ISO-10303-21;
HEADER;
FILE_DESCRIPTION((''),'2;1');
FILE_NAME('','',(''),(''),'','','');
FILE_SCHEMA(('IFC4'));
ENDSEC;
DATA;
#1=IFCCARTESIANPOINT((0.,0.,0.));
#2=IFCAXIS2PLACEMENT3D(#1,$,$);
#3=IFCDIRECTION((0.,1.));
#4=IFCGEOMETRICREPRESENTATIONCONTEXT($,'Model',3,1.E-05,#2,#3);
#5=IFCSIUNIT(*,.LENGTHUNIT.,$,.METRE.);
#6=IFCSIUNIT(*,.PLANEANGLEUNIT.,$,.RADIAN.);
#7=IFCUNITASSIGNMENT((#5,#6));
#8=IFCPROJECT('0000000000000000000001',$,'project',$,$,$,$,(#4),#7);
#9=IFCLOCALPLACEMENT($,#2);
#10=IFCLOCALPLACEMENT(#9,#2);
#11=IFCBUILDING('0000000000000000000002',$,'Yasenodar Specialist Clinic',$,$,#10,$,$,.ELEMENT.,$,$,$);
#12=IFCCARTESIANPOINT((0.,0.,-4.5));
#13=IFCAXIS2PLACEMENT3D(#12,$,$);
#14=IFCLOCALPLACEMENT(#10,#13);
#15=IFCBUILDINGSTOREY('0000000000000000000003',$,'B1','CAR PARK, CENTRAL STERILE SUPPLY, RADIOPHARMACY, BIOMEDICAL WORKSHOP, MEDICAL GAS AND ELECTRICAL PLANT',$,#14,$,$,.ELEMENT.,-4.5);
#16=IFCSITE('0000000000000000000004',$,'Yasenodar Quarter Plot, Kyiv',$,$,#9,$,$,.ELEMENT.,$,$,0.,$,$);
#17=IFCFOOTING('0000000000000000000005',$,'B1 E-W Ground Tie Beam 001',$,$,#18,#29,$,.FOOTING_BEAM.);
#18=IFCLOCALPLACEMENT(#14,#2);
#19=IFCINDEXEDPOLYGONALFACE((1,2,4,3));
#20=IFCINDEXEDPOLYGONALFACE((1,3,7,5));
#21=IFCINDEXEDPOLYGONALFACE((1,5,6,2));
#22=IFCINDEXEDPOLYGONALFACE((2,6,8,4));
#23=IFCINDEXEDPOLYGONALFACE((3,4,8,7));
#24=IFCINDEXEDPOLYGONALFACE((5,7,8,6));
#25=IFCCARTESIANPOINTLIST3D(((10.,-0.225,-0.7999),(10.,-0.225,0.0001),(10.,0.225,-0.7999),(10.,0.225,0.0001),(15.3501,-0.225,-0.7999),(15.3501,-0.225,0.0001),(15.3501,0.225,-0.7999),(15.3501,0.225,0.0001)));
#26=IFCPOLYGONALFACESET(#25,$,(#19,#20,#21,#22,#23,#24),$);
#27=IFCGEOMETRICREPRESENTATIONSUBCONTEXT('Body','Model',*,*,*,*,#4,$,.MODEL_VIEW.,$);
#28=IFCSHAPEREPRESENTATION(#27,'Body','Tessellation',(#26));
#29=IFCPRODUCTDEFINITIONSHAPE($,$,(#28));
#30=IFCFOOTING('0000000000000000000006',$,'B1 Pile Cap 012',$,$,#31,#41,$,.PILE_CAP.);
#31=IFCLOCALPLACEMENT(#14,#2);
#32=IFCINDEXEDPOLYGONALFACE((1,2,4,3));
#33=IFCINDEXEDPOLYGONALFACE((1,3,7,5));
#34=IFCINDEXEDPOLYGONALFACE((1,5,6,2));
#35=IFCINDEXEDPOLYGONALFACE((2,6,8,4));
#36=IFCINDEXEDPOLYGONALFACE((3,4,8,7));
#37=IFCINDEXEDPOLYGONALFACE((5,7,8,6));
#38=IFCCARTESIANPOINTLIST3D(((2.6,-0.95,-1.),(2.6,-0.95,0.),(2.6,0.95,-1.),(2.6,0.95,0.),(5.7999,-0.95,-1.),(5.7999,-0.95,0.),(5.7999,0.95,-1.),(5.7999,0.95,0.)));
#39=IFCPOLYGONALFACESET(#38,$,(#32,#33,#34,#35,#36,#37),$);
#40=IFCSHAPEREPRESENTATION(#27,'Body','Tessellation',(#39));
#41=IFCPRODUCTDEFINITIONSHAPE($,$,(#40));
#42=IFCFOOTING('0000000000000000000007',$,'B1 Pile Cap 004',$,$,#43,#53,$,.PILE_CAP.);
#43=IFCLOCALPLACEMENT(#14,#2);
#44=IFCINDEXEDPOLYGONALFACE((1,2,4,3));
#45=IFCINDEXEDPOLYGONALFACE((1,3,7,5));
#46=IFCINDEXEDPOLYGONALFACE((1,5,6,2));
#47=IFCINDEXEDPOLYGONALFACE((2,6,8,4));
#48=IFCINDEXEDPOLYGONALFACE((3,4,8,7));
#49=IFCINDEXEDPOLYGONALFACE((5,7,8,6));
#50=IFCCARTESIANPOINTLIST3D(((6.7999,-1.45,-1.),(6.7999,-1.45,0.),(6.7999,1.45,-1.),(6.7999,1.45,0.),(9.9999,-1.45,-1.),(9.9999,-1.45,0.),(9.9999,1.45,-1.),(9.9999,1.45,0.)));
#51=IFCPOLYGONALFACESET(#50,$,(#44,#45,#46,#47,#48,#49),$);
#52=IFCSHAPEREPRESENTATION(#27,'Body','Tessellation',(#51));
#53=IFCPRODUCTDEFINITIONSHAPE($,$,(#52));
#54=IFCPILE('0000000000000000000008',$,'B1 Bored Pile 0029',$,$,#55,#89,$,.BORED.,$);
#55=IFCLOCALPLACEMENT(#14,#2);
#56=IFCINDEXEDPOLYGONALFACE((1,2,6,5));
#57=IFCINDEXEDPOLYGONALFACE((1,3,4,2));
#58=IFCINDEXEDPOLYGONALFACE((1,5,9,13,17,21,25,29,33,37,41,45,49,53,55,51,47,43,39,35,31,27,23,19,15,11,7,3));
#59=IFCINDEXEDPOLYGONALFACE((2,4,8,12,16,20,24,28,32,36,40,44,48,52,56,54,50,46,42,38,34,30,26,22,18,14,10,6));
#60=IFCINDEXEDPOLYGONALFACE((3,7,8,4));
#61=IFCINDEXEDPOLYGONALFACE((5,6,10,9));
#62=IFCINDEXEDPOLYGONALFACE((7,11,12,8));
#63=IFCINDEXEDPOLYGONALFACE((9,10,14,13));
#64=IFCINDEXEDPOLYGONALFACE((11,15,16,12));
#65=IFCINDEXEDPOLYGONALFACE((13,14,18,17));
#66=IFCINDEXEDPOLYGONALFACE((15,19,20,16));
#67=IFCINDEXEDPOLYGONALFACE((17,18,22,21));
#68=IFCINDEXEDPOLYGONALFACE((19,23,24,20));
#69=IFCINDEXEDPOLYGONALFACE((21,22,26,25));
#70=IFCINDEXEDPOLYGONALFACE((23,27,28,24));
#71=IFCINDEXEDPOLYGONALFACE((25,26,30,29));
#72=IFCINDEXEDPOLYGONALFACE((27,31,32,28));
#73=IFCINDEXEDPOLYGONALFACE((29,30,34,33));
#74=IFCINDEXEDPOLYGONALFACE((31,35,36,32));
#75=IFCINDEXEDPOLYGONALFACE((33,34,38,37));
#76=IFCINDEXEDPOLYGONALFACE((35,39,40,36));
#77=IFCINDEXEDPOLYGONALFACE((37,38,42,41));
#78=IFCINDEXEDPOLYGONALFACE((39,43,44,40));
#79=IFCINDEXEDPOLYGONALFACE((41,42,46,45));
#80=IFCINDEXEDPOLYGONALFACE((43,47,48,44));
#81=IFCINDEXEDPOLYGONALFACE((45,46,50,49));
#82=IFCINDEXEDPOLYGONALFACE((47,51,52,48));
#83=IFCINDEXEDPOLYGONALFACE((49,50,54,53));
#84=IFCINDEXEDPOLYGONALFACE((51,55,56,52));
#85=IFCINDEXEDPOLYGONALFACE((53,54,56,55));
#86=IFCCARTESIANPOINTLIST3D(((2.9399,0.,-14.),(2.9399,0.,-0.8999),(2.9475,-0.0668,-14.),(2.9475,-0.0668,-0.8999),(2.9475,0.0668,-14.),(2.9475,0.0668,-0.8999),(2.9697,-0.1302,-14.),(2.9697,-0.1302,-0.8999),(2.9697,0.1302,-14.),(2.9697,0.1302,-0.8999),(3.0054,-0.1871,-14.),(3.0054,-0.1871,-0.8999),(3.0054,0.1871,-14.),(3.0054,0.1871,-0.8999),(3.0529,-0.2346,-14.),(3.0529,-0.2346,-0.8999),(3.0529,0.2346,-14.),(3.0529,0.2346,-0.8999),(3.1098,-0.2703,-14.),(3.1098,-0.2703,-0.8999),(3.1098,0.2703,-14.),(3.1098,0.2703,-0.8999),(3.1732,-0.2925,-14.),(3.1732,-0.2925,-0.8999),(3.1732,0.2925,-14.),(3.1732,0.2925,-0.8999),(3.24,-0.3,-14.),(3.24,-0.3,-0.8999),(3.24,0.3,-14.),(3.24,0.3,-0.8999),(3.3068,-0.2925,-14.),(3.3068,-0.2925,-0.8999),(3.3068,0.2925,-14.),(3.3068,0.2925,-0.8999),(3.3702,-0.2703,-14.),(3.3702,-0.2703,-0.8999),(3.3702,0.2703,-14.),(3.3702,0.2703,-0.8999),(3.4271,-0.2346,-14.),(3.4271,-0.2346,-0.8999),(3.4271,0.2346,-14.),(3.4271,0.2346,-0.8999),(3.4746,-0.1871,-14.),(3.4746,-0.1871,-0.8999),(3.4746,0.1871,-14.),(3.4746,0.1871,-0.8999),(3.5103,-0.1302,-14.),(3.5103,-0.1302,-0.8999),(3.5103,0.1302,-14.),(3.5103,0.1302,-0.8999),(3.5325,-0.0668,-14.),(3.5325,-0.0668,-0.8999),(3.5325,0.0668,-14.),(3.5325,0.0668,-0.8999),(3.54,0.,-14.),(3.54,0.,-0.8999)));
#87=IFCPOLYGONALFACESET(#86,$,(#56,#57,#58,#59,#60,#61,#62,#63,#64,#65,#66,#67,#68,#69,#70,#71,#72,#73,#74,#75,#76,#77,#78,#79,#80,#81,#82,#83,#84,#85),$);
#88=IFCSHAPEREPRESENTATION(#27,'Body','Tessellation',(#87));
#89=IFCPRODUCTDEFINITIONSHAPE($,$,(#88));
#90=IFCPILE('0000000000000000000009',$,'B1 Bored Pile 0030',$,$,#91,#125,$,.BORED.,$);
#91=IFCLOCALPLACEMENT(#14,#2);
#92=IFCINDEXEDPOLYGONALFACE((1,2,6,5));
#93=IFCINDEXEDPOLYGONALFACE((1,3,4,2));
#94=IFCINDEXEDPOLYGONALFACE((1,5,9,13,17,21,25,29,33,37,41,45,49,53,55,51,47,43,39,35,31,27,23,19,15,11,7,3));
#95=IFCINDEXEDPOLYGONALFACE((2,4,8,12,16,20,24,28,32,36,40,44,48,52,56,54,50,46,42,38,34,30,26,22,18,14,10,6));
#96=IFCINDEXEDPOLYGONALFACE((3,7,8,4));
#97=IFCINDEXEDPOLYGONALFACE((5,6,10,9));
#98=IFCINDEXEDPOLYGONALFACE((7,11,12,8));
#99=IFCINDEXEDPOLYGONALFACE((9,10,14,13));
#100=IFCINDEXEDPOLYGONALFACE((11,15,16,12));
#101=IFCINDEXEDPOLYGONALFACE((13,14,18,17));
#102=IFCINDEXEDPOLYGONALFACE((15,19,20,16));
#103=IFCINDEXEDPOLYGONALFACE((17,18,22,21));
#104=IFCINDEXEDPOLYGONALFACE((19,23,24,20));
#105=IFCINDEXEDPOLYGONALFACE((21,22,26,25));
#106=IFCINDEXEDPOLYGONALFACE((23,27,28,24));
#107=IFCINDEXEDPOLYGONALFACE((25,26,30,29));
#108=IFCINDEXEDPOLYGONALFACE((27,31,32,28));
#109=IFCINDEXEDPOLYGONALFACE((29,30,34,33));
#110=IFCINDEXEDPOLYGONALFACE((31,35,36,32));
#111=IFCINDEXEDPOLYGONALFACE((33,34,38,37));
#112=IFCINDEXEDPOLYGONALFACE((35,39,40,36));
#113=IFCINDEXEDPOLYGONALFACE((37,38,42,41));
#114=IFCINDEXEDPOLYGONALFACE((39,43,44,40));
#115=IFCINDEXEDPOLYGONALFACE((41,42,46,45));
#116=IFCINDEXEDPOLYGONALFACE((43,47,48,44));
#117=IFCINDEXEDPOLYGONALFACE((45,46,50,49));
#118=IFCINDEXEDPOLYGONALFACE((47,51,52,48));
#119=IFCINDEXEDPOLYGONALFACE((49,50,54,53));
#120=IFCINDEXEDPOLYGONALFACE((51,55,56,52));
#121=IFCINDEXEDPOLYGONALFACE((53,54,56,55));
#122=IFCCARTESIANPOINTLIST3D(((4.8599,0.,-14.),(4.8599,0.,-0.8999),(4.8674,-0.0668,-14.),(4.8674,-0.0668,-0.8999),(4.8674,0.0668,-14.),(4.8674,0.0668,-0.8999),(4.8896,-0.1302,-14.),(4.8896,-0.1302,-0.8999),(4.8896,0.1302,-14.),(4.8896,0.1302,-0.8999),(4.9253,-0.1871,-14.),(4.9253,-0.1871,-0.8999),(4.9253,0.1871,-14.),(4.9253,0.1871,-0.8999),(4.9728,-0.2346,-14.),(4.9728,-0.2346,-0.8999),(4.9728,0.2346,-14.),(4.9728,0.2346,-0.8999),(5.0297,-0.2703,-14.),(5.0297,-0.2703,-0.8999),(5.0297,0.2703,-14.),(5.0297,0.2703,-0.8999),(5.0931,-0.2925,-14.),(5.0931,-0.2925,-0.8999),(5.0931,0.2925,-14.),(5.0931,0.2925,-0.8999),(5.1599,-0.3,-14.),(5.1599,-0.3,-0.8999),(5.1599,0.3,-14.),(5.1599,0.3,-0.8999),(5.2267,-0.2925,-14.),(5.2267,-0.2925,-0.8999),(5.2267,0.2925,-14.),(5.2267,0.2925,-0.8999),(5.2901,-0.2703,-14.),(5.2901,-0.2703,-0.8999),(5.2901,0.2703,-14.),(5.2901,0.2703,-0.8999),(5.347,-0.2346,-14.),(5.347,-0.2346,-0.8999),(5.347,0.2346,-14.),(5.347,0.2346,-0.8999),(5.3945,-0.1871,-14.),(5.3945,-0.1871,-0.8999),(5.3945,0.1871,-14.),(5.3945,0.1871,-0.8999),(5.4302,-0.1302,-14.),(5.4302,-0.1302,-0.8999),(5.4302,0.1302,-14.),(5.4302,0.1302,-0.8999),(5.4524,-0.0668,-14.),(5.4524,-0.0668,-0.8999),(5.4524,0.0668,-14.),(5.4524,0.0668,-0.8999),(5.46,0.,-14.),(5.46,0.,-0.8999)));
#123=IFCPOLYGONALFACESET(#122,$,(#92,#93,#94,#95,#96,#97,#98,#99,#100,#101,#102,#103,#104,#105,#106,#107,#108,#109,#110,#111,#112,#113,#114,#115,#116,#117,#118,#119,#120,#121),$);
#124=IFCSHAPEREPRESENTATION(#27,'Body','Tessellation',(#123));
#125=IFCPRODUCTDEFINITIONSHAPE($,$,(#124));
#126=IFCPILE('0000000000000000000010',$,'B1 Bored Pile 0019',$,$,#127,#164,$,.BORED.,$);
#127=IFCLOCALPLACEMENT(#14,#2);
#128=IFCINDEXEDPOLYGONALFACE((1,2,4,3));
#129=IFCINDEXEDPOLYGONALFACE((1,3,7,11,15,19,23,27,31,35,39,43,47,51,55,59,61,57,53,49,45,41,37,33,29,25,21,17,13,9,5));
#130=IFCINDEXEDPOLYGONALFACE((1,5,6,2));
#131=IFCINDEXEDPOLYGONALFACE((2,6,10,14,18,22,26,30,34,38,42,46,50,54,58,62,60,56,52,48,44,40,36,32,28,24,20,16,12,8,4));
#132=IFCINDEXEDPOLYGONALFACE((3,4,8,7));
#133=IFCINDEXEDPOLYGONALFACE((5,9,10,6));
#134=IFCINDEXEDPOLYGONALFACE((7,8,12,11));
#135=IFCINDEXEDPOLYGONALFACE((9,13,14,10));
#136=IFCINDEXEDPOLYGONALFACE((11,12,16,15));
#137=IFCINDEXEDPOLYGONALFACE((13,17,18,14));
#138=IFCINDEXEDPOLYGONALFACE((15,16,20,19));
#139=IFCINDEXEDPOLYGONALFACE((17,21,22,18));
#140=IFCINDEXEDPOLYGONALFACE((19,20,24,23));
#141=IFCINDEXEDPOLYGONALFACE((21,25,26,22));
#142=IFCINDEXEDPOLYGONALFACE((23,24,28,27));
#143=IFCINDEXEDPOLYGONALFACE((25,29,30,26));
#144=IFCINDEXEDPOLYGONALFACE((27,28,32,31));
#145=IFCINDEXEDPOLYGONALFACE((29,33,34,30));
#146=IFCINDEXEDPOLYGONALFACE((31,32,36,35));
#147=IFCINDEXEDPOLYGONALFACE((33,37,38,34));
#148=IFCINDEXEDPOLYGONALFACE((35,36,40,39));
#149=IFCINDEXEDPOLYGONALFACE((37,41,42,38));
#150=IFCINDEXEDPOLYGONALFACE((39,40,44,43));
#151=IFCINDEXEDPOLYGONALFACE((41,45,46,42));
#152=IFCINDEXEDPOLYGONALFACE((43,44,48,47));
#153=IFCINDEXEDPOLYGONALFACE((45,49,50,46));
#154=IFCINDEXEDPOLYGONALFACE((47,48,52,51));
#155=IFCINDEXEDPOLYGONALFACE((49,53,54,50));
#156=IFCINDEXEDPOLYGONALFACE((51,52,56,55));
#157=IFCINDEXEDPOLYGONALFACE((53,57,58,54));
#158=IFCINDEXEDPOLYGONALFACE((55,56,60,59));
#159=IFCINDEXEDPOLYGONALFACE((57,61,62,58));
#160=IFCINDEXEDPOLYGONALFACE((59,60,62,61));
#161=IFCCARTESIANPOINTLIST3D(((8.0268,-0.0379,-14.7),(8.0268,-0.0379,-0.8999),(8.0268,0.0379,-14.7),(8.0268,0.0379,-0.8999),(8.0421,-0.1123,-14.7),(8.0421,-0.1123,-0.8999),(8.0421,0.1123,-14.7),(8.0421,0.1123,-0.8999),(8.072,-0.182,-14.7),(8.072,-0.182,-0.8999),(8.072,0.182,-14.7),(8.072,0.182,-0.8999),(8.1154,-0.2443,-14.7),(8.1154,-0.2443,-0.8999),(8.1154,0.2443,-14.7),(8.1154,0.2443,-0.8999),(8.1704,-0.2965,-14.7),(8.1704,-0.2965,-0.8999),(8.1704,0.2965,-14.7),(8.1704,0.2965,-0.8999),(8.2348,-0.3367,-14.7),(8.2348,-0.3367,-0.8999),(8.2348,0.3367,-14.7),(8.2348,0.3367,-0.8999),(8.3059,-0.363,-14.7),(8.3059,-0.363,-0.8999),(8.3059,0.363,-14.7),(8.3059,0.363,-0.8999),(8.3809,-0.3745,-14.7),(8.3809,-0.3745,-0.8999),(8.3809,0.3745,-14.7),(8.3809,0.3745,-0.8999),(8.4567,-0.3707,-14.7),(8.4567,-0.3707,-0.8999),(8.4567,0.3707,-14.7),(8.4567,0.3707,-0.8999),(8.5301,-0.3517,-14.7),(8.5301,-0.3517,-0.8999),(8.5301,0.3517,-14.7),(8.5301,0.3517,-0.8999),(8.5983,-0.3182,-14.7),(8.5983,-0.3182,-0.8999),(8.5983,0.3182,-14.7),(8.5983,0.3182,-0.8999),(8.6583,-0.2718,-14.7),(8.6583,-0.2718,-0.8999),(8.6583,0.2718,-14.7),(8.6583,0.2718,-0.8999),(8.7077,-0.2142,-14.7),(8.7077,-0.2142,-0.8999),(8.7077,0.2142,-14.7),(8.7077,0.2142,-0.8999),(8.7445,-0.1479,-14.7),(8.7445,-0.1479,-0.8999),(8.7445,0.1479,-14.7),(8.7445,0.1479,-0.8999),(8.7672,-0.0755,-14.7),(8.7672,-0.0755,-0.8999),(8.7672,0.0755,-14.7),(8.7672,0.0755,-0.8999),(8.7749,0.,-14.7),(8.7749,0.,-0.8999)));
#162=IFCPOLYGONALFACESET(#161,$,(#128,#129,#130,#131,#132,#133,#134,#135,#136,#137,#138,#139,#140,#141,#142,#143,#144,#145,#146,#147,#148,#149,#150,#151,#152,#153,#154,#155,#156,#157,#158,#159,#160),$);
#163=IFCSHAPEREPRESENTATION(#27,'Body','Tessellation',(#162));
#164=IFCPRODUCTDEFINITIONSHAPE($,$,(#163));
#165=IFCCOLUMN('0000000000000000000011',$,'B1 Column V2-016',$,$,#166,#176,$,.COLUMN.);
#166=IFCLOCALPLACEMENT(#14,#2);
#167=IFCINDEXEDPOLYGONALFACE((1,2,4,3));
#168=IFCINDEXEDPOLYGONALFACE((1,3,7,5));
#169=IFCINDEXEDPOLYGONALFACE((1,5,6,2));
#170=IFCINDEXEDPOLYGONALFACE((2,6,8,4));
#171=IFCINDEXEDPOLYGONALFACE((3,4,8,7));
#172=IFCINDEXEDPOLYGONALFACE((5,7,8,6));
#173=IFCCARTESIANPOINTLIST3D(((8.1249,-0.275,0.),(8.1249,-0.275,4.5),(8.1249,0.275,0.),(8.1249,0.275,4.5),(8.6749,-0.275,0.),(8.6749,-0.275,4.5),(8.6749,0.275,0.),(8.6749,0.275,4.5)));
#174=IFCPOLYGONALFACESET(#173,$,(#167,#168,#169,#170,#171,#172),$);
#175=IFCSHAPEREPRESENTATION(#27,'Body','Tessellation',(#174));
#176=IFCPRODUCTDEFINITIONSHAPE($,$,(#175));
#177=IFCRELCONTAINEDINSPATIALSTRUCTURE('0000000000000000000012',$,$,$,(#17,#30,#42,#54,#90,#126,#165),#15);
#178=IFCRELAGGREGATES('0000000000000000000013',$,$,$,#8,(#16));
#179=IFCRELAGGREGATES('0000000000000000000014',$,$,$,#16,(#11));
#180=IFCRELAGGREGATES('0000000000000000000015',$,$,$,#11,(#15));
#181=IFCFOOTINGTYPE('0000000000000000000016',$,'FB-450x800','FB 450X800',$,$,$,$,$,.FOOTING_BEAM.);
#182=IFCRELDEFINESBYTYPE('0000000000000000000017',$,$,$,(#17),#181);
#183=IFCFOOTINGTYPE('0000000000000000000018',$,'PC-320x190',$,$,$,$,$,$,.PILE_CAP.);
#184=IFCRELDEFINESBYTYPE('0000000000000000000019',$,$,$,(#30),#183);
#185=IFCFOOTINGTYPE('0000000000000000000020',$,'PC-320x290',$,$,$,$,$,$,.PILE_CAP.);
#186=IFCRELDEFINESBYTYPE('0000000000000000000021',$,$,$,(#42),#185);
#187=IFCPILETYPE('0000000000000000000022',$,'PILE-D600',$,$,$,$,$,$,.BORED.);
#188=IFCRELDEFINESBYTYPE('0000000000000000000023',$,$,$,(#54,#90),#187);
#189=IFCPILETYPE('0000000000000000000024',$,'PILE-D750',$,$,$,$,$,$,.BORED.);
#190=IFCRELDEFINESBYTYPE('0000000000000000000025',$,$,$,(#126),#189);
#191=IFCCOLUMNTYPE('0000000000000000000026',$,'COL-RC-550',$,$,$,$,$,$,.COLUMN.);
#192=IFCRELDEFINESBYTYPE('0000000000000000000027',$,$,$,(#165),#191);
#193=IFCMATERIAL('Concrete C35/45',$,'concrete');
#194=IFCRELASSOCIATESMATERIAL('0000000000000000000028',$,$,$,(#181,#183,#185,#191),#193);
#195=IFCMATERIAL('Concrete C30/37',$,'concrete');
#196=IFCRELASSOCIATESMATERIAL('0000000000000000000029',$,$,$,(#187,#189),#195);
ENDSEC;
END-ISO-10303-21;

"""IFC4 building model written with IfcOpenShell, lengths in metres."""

from ifc_helpers import new_model, si_unit, direction, frame, origin, origin_2d, place, context, subcontext, project, spatial, rectangle, circle, extrude, material, material_profile, profile_set, type_object, element, save


model = new_model("IFC4")

# Units and contexts
model_context = context("Model", 3, precision=1e-05, world=origin(), true_north=direction((0.0, 1.0)))
body_context = subcontext(model_context, "Body", "Model", "MODEL_VIEW")
ifc_project = project(units=[si_unit("LENGTHUNIT", "METRE"), si_unit("PLANEANGLEUNIT", "RADIAN")], contexts=[model_context])

# Site, building, storey
site_placement = place(None, origin())
site = spatial("IfcSite", under=ifc_project, at=site_placement, Name="Yasenodar Quarter Plot, Kyiv", CompositionType="ELEMENT", RefElevation=0.0)
building_placement = place(site_placement, origin())
building = spatial("IfcBuilding", under=site, at=building_placement, Name="Yasenodar Specialist Clinic", CompositionType="ELEMENT")
storey_placement = place(building_placement, frame((0.0, 0.0, -4.5)))
storey = spatial("IfcBuildingStorey", under=building, at=storey_placement, Name="B1", Description="CAR PARK, CENTRAL STERILE SUPPLY, RADIOPHARMACY, BIOMEDICAL WORKSHOP, MEDICAL GAS AND ELECTRICAL PLANT", CompositionType="ELEMENT", Elevation=-4.5)

# Footings
ifc_material_1 = material(Name="Concrete C35/45", Category="concrete")
ifc_material_profile_1 = material_profile(ifc_material_1, rectangle(XDim=0.45, YDim=0.8, at=origin_2d()), Name="RC 450x800")
ifc_profile_set_1 = profile_set([ifc_material_profile_1], Name="Concrete C35/45")
footing_type_1 = type_object("IfcFootingType", Name="FB-450x800", Description="FB 450X800", PredefinedType="FOOTING_BEAM", material=ifc_profile_set_1)
footing_1_placement = place(storey_placement, frame((10.0, 0.0, -0.3999), z_axis=(1.0, 0.0, 0.0), x_axis=(0.0, 1.0, 0.0)))
element("IfcFooting", 1, at=footing_1_placement, inside=storey, type_object=footing_type_1, Name="B1 E-W Ground Tie Beam 001", PredefinedType="FOOTING_BEAM", context=body_context, shape_type="SweptSolid", body=[
    extrude(rectangle(XDim=0.45, YDim=0.8, at=origin_2d()), origin(), (0.0, 0.0, 1.0), 5.3501),
])
footing_type_2 = type_object("IfcFootingType", Name="PC-320x190", PredefinedType="PILE_CAP", material=ifc_material_1)
footing_2_placement = place(storey_placement, frame((4.2, 0.0, -1.0), z_axis=(0.0, 0.0, 1.0), x_axis=(1.0, 0.0, 0.0)))
element("IfcFooting", 2, at=footing_2_placement, inside=storey, type_object=footing_type_2, Name="B1 Pile Cap 012", PredefinedType="PILE_CAP", context=body_context, shape_type="SweptSolid", body=[
    extrude(rectangle(XDim=3.2, YDim=1.8999, at=origin_2d()), origin(), (0.0, 0.0, 1.0), 1.0),
])
footing_type_3 = type_object("IfcFootingType", Name="PC-320x290", PredefinedType="PILE_CAP", material=ifc_material_1)
footing_3_placement = place(storey_placement, frame((8.3999, 0.0, -1.0), z_axis=(0.0, 0.0, 1.0), x_axis=(1.0, 0.0, 0.0)))
element("IfcFooting", 3, at=footing_3_placement, inside=storey, type_object=footing_type_3, Name="B1 Pile Cap 004", PredefinedType="PILE_CAP", context=body_context, shape_type="SweptSolid", body=[
    extrude(rectangle(XDim=3.2, YDim=2.8999, at=origin_2d()), origin(), (0.0, 0.0, 1.0), 1.0),
])

# Piles
ifc_material_2 = material(Name="Concrete C30/37", Category="concrete")
ifc_material_profile_2 = material_profile(ifc_material_2, circle(Radius=0.3, at=origin_2d()), Name="PILE D600")
ifc_profile_set_2 = profile_set([ifc_material_profile_2], Name="Concrete C30/37")
pile_type_1 = type_object("IfcPileType", Name="PILE-D600", PredefinedType="BORED", material=ifc_profile_set_2)
for number, where, z_axis, x_axis, name in (
    (4, (3.24, 0.0, -0.8999), (0.0, 0.0, -1.0), (1.0, 0.0, 0.0), "B1 Bored Pile 0029"),
    (5, (5.1599, 0.0, -0.8999), (0.0, 0.0, -1.0), (1.0, 0.0, 0.0), "B1 Bored Pile 0030"),
):
    element("IfcPile", number, at=place(storey_placement, frame(where, z_axis=z_axis, x_axis=x_axis)), inside=storey, type_object=pile_type_1, Name=name, PredefinedType="BORED", context=body_context, shape_type="SweptSolid", body=[
        extrude(circle(Radius=0.3, at=origin_2d()), origin(), (0.0, 0.0, 1.0), 13.1001),
    ])
ifc_material_profile_3 = material_profile(ifc_material_2, circle(Radius=0.375, at=origin_2d()), Name="PILE D750")
ifc_profile_set_3 = profile_set([ifc_material_profile_3], Name="Concrete C30/37")
pile_type_2 = type_object("IfcPileType", Name="PILE-D750", PredefinedType="BORED", material=ifc_profile_set_3)
pile_placement = place(storey_placement, frame((8.3999, 0.0, -0.8999), z_axis=(0.0, 0.0, -1.0), x_axis=(1.0, 0.0, 0.0)))
element("IfcPile", 6, at=pile_placement, inside=storey, type_object=pile_type_2, Name="B1 Bored Pile 0019", PredefinedType="BORED", context=body_context, shape_type="SweptSolid", body=[
    extrude(circle(Radius=0.375, at=origin_2d()), origin(), (0.0, 0.0, 1.0), 13.8),
])

# Column
ifc_material_profile_4 = material_profile(ifc_material_1, rectangle(XDim=0.55, YDim=0.55, at=origin_2d()), Name="RC 550x550")
ifc_profile_set_4 = profile_set([ifc_material_profile_4], Name="Concrete C35/45")
column_type_1 = type_object("IfcColumnType", Name="COL-RC-550", PredefinedType="COLUMN", material=ifc_profile_set_4)
column_1_placement = place(storey_placement, frame((8.3999, 0.0, 0.0), z_axis=(0.0, 0.0, 1.0), x_axis=(1.0, 0.0, 0.0)))
element("IfcColumn", 7, at=column_1_placement, inside=storey, type_object=column_type_1, Name="B1 Column V2-016", PredefinedType="COLUMN", context=body_context, shape_type="SweptSolid", body=[
    extrude(rectangle(XDim=0.55, YDim=0.55, at=origin_2d()), origin(), (0.0, 0.0, 1.0), 4.5),
])

save(model, "model.ifc")
